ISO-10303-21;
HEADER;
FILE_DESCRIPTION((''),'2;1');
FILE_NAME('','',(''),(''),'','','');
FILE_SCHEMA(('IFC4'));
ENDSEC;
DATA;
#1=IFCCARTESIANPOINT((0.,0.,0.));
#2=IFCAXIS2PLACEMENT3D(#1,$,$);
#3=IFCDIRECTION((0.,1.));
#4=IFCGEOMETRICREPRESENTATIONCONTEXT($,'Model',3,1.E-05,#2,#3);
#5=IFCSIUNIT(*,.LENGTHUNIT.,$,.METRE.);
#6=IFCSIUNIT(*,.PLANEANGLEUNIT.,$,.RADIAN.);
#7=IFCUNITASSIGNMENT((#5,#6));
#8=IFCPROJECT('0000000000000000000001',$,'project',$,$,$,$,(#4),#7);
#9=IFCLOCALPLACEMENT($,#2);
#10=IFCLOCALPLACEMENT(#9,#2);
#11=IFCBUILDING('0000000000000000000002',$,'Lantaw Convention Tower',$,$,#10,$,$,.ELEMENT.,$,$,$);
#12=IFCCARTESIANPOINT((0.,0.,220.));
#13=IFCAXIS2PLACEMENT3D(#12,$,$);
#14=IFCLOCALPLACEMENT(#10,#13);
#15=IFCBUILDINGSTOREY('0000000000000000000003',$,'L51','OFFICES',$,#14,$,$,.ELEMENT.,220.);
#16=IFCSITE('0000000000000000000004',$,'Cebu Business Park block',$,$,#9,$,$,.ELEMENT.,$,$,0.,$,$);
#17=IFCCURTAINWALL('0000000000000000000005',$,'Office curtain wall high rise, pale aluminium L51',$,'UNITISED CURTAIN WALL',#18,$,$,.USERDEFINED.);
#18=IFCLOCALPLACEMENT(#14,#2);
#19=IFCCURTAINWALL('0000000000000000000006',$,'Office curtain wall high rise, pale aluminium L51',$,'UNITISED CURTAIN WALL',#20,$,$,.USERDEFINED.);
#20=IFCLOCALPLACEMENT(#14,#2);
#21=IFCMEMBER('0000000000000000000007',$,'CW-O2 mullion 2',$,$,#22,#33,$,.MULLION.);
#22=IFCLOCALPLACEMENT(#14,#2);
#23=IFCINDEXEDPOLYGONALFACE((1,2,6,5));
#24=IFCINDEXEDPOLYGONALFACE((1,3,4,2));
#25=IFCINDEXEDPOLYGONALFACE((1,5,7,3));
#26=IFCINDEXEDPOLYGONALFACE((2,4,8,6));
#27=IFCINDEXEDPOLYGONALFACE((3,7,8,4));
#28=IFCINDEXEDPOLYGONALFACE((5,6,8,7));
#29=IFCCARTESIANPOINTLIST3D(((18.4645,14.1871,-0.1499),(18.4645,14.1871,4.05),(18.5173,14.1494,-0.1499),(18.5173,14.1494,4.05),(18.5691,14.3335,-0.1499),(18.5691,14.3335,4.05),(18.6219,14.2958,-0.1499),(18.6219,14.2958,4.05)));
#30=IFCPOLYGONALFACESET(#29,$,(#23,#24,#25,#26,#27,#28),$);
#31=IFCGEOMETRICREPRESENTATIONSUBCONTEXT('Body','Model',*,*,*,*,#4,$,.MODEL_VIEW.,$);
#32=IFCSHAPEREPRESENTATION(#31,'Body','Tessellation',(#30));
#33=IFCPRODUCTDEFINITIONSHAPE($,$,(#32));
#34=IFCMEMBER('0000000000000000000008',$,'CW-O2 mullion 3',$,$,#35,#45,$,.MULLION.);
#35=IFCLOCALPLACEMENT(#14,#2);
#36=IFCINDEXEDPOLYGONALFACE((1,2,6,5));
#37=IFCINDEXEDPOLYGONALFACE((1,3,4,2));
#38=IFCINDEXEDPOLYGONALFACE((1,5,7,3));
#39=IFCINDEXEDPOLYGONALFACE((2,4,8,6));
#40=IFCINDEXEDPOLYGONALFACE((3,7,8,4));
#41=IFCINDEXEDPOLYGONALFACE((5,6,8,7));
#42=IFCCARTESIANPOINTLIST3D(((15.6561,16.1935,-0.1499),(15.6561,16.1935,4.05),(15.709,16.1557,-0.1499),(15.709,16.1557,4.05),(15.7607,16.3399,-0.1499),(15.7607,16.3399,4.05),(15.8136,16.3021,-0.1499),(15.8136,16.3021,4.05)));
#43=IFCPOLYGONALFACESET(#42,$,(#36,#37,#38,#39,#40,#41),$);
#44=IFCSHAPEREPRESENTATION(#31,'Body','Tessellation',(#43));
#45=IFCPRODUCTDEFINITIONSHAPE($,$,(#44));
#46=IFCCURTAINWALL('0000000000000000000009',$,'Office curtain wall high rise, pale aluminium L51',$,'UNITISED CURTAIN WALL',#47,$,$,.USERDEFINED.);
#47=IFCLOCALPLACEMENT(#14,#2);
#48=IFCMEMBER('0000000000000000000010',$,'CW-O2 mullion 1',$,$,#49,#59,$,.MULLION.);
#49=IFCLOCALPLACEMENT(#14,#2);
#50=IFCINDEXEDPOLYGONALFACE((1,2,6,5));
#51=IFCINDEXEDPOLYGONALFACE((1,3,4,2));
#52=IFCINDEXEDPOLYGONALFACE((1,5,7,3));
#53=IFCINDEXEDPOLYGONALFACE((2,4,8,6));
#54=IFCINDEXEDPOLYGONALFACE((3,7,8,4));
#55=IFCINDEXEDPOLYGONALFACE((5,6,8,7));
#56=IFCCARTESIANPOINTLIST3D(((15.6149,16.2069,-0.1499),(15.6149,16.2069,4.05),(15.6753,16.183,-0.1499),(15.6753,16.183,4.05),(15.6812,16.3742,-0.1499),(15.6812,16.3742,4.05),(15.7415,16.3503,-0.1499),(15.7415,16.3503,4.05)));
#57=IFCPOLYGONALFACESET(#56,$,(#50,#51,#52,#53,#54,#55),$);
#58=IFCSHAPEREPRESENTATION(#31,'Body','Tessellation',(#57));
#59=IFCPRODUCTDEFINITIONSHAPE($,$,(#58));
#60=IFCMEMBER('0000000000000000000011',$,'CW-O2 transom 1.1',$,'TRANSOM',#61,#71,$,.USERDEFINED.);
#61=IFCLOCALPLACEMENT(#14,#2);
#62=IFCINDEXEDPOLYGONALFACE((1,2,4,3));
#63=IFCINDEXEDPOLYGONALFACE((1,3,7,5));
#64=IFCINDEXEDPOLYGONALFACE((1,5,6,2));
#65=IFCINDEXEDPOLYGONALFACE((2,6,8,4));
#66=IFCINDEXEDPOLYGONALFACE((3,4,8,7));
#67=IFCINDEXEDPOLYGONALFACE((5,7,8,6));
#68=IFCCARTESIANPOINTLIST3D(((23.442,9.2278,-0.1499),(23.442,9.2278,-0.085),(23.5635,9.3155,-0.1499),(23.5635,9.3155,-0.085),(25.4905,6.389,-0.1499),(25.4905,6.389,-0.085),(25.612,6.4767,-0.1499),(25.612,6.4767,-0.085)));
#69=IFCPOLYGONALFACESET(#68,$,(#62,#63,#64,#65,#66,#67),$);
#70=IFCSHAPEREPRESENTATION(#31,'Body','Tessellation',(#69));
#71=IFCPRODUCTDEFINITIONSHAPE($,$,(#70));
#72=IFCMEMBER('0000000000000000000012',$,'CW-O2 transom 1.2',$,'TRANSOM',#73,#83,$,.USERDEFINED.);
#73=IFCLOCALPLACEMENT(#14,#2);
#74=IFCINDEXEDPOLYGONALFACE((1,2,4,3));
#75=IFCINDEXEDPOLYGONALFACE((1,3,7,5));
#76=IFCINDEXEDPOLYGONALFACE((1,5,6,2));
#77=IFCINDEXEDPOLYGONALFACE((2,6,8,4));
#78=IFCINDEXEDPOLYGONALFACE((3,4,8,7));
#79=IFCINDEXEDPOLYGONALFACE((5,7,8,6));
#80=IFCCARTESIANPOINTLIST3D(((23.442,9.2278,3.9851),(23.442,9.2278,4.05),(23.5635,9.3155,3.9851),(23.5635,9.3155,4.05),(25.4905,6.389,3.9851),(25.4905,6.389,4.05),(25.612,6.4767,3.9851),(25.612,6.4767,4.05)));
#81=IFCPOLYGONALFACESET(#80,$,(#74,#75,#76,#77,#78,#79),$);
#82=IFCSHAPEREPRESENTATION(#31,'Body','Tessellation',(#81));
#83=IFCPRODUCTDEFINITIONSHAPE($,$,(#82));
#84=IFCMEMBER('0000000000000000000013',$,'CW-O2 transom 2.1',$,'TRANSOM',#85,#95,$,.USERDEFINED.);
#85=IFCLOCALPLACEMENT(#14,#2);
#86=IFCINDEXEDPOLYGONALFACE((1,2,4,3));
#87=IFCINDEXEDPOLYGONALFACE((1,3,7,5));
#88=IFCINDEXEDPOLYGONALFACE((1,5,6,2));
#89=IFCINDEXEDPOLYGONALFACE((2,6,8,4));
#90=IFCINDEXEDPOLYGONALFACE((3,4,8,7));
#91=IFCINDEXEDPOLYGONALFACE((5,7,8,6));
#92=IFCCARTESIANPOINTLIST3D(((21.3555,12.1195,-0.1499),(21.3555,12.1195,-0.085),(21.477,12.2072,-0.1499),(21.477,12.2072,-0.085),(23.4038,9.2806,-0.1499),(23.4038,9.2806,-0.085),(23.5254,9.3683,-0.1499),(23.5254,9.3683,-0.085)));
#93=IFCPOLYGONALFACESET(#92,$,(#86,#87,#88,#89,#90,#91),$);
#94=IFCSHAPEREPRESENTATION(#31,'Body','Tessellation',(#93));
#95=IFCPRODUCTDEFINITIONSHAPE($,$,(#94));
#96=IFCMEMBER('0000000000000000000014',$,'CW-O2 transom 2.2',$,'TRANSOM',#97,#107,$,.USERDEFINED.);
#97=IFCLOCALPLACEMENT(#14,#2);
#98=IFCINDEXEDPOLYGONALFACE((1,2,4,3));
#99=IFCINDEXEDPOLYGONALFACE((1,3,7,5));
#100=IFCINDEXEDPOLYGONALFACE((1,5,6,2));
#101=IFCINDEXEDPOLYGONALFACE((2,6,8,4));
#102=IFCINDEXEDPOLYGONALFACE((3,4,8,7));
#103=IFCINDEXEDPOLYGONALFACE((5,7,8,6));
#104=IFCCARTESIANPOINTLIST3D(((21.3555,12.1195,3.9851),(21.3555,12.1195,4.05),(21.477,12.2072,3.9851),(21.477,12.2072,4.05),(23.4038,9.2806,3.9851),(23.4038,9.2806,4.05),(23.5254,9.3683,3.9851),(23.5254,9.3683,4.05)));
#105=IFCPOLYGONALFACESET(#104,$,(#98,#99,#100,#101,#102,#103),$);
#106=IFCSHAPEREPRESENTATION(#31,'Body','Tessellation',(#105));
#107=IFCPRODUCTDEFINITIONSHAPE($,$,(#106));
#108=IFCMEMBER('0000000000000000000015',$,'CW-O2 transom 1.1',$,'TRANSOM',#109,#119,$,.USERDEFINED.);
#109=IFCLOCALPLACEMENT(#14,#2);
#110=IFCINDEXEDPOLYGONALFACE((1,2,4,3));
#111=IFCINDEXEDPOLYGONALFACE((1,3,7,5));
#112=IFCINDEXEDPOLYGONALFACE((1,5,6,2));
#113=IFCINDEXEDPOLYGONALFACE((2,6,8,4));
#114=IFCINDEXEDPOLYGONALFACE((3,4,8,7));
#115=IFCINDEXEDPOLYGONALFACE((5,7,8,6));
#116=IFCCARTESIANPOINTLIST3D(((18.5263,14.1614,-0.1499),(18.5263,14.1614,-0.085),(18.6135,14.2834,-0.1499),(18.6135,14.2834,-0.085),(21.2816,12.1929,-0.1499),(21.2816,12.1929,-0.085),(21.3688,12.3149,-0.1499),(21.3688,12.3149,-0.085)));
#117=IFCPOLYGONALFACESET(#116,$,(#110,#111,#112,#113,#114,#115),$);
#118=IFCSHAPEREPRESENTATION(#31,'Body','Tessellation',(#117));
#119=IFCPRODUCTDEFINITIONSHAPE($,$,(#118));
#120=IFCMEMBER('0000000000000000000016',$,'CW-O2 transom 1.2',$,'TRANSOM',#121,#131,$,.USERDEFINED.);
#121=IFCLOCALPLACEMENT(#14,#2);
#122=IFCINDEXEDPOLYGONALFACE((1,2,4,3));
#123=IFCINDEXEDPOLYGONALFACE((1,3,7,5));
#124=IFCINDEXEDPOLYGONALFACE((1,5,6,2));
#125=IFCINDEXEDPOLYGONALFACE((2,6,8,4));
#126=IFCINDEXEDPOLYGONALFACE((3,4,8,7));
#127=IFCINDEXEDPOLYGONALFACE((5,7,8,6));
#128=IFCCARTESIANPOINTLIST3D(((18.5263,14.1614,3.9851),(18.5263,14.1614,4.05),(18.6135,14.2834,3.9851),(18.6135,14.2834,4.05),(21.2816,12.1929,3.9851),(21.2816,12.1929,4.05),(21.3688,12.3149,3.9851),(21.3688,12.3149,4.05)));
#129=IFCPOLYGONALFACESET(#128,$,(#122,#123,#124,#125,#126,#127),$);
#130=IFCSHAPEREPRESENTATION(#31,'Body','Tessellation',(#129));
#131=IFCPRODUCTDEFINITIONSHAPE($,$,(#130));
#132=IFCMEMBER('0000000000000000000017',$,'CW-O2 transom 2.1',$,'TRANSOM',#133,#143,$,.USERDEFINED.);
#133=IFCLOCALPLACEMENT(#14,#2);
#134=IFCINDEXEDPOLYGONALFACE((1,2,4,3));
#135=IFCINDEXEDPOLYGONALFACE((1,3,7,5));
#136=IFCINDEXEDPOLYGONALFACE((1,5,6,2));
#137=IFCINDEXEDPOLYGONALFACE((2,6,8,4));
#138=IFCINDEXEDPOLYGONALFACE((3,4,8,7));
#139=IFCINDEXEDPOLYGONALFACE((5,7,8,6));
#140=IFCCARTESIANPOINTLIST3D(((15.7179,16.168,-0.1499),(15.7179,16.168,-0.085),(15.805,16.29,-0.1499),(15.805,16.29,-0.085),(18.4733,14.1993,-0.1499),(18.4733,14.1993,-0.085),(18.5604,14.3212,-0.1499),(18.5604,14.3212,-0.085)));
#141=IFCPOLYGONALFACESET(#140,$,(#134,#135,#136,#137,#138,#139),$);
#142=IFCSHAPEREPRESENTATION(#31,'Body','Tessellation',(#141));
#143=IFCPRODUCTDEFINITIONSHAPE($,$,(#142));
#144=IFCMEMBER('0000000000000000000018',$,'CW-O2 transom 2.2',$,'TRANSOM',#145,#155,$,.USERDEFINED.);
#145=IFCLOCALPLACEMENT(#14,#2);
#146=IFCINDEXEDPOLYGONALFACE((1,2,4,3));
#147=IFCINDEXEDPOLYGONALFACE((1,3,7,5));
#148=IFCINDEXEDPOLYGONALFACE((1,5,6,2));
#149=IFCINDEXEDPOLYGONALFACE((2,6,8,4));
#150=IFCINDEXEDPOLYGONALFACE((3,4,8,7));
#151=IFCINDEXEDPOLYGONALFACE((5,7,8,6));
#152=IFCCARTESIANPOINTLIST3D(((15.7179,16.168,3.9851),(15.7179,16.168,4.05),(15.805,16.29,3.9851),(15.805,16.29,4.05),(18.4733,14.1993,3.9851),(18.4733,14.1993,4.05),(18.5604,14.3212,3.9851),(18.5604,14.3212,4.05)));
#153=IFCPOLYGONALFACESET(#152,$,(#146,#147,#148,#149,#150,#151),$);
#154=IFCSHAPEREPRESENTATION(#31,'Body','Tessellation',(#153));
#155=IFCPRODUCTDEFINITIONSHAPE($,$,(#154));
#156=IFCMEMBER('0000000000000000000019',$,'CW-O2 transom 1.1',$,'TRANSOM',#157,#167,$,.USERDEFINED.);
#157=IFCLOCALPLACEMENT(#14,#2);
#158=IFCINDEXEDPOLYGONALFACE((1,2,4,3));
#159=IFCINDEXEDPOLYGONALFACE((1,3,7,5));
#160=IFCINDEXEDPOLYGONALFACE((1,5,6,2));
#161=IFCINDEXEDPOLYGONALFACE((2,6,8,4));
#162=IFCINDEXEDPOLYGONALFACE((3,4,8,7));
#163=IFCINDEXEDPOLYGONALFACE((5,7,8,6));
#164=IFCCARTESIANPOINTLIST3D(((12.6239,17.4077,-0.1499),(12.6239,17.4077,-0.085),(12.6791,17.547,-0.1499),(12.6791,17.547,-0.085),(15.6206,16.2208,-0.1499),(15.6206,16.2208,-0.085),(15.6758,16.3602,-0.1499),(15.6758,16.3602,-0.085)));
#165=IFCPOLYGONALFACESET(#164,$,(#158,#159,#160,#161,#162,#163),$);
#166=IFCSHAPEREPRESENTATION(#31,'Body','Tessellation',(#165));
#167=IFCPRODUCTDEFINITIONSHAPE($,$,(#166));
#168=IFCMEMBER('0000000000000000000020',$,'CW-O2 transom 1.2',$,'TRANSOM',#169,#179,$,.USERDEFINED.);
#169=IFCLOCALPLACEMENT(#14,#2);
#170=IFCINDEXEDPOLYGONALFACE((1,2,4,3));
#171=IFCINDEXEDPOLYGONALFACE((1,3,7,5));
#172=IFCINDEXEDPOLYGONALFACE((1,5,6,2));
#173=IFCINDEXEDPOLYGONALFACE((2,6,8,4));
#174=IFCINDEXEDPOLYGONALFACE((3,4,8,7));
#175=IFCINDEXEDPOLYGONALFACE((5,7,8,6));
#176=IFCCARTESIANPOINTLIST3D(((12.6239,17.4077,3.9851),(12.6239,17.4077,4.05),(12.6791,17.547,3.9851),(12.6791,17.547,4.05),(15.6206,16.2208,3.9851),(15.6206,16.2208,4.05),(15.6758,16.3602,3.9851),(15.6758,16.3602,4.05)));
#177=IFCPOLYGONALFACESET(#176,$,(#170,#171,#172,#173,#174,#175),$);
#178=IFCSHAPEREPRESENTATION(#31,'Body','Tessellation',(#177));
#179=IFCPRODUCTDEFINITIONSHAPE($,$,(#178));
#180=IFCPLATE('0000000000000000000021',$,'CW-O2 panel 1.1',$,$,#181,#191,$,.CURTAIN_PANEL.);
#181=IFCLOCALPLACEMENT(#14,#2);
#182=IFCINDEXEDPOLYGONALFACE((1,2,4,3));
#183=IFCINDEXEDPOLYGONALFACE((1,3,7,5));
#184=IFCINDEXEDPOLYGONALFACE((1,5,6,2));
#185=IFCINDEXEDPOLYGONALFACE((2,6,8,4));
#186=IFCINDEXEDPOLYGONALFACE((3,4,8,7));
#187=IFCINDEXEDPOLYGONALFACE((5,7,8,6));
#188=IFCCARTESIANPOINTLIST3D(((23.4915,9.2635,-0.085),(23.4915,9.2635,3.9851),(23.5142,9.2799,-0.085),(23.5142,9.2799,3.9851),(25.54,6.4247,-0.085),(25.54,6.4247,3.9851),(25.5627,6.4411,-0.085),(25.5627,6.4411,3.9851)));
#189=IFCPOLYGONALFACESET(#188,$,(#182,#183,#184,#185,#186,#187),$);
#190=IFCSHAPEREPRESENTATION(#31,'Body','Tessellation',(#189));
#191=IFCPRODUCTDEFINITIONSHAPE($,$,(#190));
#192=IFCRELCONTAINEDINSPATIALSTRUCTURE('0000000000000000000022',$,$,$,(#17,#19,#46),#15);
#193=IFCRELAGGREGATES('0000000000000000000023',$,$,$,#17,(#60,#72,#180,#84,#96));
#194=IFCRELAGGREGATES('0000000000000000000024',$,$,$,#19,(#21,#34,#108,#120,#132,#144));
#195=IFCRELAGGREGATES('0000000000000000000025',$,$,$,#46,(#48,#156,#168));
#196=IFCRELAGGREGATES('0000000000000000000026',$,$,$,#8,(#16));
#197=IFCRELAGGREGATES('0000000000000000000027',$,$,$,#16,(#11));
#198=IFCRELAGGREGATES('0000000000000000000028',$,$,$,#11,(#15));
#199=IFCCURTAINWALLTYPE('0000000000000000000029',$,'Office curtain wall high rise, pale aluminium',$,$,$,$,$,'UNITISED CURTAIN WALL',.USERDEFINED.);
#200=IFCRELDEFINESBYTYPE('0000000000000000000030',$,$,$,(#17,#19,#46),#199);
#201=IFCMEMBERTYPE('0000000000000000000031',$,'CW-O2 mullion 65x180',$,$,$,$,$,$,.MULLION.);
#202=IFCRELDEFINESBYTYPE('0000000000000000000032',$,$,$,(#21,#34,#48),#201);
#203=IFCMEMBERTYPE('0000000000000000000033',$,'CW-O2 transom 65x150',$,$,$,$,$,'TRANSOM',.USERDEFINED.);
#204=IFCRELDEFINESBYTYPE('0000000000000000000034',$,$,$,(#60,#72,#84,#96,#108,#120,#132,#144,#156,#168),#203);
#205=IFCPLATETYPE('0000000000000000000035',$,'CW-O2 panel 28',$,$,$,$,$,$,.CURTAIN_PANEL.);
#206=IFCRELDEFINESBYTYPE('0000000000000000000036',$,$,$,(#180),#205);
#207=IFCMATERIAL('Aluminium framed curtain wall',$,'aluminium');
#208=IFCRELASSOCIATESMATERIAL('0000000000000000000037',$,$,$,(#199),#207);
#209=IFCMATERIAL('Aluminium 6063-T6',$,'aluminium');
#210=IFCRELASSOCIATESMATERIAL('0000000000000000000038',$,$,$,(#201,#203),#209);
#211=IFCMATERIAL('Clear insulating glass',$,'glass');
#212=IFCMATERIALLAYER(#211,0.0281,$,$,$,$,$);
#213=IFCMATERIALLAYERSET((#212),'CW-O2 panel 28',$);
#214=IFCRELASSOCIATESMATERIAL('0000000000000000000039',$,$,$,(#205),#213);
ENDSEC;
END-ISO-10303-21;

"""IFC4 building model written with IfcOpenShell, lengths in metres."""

from ifc_helpers import new_model, si_unit, direction, frame, origin, origin_2d, place, context, subcontext, project, spatial, rectangle, extrude, material, layer, layer_set, material_profile, profile_set, type_object, element, aggregate, save


model = new_model("IFC4")

# Units and contexts
model_context = context("Model", 3, precision=1e-05, world=origin(), true_north=direction((0.0, 1.0)))
body_context = subcontext(model_context, "Body", "Model", "MODEL_VIEW")
ifc_project = project(units=[si_unit("LENGTHUNIT", "METRE"), si_unit("PLANEANGLEUNIT", "RADIAN")], contexts=[model_context])

# Site, building, storey
site_placement = place(None, origin())
site = spatial("IfcSite", under=ifc_project, at=site_placement, Name="Cebu Business Park block", CompositionType="ELEMENT", RefElevation=0.0)
building_placement = place(site_placement, origin())
building = spatial("IfcBuilding", under=site, at=building_placement, Name="Lantaw Convention Tower", CompositionType="ELEMENT")
storey_placement = place(building_placement, frame((0.0, 0.0, 220.0)))
storey = spatial("IfcBuildingStorey", under=building, at=storey_placement, Name="L51", Description="OFFICES", CompositionType="ELEMENT", Elevation=220.0)

# Curtain walls, members
ifc_material_1 = material(Name="Aluminium framed curtain wall", Category="aluminium")
curtain_wall_type = type_object("IfcCurtainWallType", Name="Office curtain wall high rise, pale aluminium", ElementType="UNITISED CURTAIN WALL", PredefinedType="USERDEFINED", material=ifc_material_1)
curtain_wall_1_placement = place(storey_placement, origin())
curtain_wall_1 = element("IfcCurtainWall", 1, at=curtain_wall_1_placement, inside=storey, type_object=curtain_wall_type, Name="Office curtain wall high rise, pale aluminium L51", ObjectType="UNITISED CURTAIN WALL", PredefinedType="USERDEFINED")
ifc_material_2 = material(Name="Aluminium 6063-T6", Category="aluminium")
ifc_material_profile_1 = material_profile(ifc_material_2, rectangle(XDim=0.1799, YDim=0.0649, at=origin_2d()), Name="CW-O2 mullion 65x180")
ifc_profile_set_1 = profile_set([ifc_material_profile_1], Name="Aluminium 6063-T6")
member_type_1 = type_object("IfcMemberType", Name="CW-O2 mullion 65x180", PredefinedType="MULLION", material=ifc_profile_set_1)
curtain_wall_2_placement = place(storey_placement, origin())
curtain_wall_2 = element("IfcCurtainWall", 2, at=curtain_wall_2_placement, inside=storey, type_object=curtain_wall_type, Name="Office curtain wall high rise, pale aluminium L51", ObjectType="UNITISED CURTAIN WALL", PredefinedType="USERDEFINED")
member_1_placement = place(storey_placement, frame((18.5432, 14.2415, -0.1499), z_axis=(0.0, 0.0, 1.0), x_axis=(-0.581323, -0.813673, 0.0)))
member_1 = element("IfcMember", 3, at=member_1_placement, type_object=member_type_1, Name="CW-O2 mullion 2", PredefinedType="MULLION", context=body_context, shape_type="SweptSolid", body=[
    extrude(rectangle(XDim=0.1799, YDim=0.0649, at=origin_2d()), origin(), (0.0, 0.0, 1.0), 4.2),
])
member_2_placement = place(storey_placement, frame((15.7349, 16.2478, -0.1499), z_axis=(0.0, 0.0, 1.0), x_axis=(-0.581323, -0.813673, 0.0)))
member_2 = element("IfcMember", 4, at=member_2_placement, type_object=member_type_1, Name="CW-O2 mullion 3", PredefinedType="MULLION", context=body_context, shape_type="SweptSolid", body=[
    extrude(rectangle(XDim=0.1799, YDim=0.0649, at=origin_2d()), origin(), (0.0, 0.0, 1.0), 4.2),
])

# Curtain wall, member
curtain_wall_3_placement = place(storey_placement, origin())
curtain_wall_3 = element("IfcCurtainWall", 5, at=curtain_wall_3_placement, inside=storey, type_object=curtain_wall_type, Name="Office curtain wall high rise, pale aluminium L51", ObjectType="UNITISED CURTAIN WALL", PredefinedType="USERDEFINED")
member_3_placement = place(storey_placement, frame((15.6782, 16.2786, -0.1499), z_axis=(0.0, 0.0, 1.0), x_axis=(-0.368162, -0.929762, 0.0)))
member_3 = element("IfcMember", 6, at=member_3_placement, type_object=member_type_1, Name="CW-O2 mullion 1", PredefinedType="MULLION", context=body_context, shape_type="SweptSolid", body=[
    extrude(rectangle(XDim=0.1799, YDim=0.0649, at=origin_2d()), origin(), (0.0, 0.0, 1.0), 4.2),
])

# Members
ifc_material_profile_2 = material_profile(ifc_material_2, rectangle(XDim=0.1499, YDim=0.0649, at=origin_2d()), Name="CW-O2 transom 65x150")
ifc_profile_set_2 = profile_set([ifc_material_profile_2], Name="Aluminium 6063-T6")
member_type_2 = type_object("IfcMemberType", Name="CW-O2 transom 65x150", ElementType="TRANSOM", PredefinedType="USERDEFINED", material=ifc_profile_set_2)
member_4_placement = place(storey_placement, frame((25.5513, 6.4329, -0.1174), z_axis=(-0.58517, 0.810911, 0.0), x_axis=(-0.810911, -0.58517, 0.0)))
member_4 = element("IfcMember", 7, at=member_4_placement, type_object=member_type_2, Name="CW-O2 transom 1.1", ObjectType="TRANSOM", PredefinedType="USERDEFINED", context=body_context, shape_type="SweptSolid", body=[
    extrude(rectangle(XDim=0.1499, YDim=0.0649, at=origin_2d()), origin(), (0.0, 0.0, 1.0), 3.5007),
])
member_5_placement = place(storey_placement, frame((25.5513, 6.4329, 4.0176), z_axis=(-0.58517, 0.810911, 0.0), x_axis=(-0.810911, -0.58517, 0.0)))
member_5 = element("IfcMember", 8, at=member_5_placement, type_object=member_type_2, Name="CW-O2 transom 1.2", ObjectType="TRANSOM", PredefinedType="USERDEFINED", context=body_context, shape_type="SweptSolid", body=[
    extrude(rectangle(XDim=0.1499, YDim=0.0649, at=origin_2d()), origin(), (0.0, 0.0, 1.0), 3.5007),
])
member_6_placement = place(storey_placement, frame((23.4646, 9.3245, -0.1174), z_axis=(-0.585124, 0.810944, 0.0), x_axis=(-0.810944, -0.585124, 0.0)))
member_6 = element("IfcMember", 9, at=member_6_placement, type_object=member_type_2, Name="CW-O2 transom 2.1", ObjectType="TRANSOM", PredefinedType="USERDEFINED", context=body_context, shape_type="SweptSolid", body=[
    extrude(rectangle(XDim=0.1499, YDim=0.0649, at=origin_2d()), origin(), (0.0, 0.0, 1.0), 3.5007),
])
member_7_placement = place(storey_placement, frame((23.4646, 9.3245, 4.0176), z_axis=(-0.585124, 0.810944, 0.0), x_axis=(-0.810944, -0.585124, 0.0)))
member_7 = element("IfcMember", 10, at=member_7_placement, type_object=member_type_2, Name="CW-O2 transom 2.2", ObjectType="TRANSOM", PredefinedType="USERDEFINED", context=body_context, shape_type="SweptSolid", body=[
    extrude(rectangle(XDim=0.1499, YDim=0.0649, at=origin_2d()), origin(), (0.0, 0.0, 1.0), 3.5007),
])
member_8_placement = place(storey_placement, frame((21.3252, 12.2539, -0.1174), z_axis=(-0.81368, 0.581313, 0.0), x_axis=(-0.581313, -0.81368, 0.0)))
member_8 = element("IfcMember", 11, at=member_8_placement, type_object=member_type_2, Name="CW-O2 transom 1.1", ObjectType="TRANSOM", PredefinedType="USERDEFINED", context=body_context, shape_type="SweptSolid", body=[
    extrude(rectangle(XDim=0.1499, YDim=0.0649, at=origin_2d()), origin(), (0.0, 0.0, 1.0), 3.3862),
])
member_9_placement = place(storey_placement, frame((21.3252, 12.2539, 4.0176), z_axis=(-0.81368, 0.581313, 0.0), x_axis=(-0.581313, -0.81368, 0.0)))
member_9 = element("IfcMember", 12, at=member_9_placement, type_object=member_type_2, Name="CW-O2 transom 1.2", ObjectType="TRANSOM", PredefinedType="USERDEFINED", context=body_context, shape_type="SweptSolid", body=[
    extrude(rectangle(XDim=0.1499, YDim=0.0649, at=origin_2d()), origin(), (0.0, 0.0, 1.0), 3.3862),
])
member_10_placement = place(storey_placement, frame((18.5168, 14.2603, -0.1174), z_axis=(-0.813646, 0.581361, 0.0), x_axis=(-0.581361, -0.813646, 0.0)))
member_10 = element("IfcMember", 13, at=member_10_placement, type_object=member_type_2, Name="CW-O2 transom 2.1", ObjectType="TRANSOM", PredefinedType="USERDEFINED", context=body_context, shape_type="SweptSolid", body=[
    extrude(rectangle(XDim=0.1499, YDim=0.0649, at=origin_2d()), origin(), (0.0, 0.0, 1.0), 3.3865),
])
member_11_placement = place(storey_placement, frame((18.5168, 14.2603, 4.0176), z_axis=(-0.813646, 0.581361, 0.0), x_axis=(-0.581361, -0.813646, 0.0)))
member_11 = element("IfcMember", 14, at=member_11_placement, type_object=member_type_2, Name="CW-O2 transom 2.2", ObjectType="TRANSOM", PredefinedType="USERDEFINED", context=body_context, shape_type="SweptSolid", body=[
    extrude(rectangle(XDim=0.1499, YDim=0.0649, at=origin_2d()), origin(), (0.0, 0.0, 1.0), 3.3865),
])
member_12_placement = place(storey_placement, frame((15.6482, 16.2905, -0.1174), z_axis=(-0.929741, 0.368215, 0.0), x_axis=(-0.368215, -0.929741, 0.0)))
member_12 = element("IfcMember", 15, at=member_12_placement, type_object=member_type_2, Name="CW-O2 transom 1.1", ObjectType="TRANSOM", PredefinedType="USERDEFINED", context=body_context, shape_type="SweptSolid", body=[
    extrude(rectangle(XDim=0.1499, YDim=0.0649, at=origin_2d()), origin(), (0.0, 0.0, 1.0), 3.2231),
])
member_13_placement = place(storey_placement, frame((15.6482, 16.2905, 4.0176), z_axis=(-0.929741, 0.368215, 0.0), x_axis=(-0.368215, -0.929741, 0.0)))
member_13 = element("IfcMember", 16, at=member_13_placement, type_object=member_type_2, Name="CW-O2 transom 1.2", ObjectType="TRANSOM", PredefinedType="USERDEFINED", context=body_context, shape_type="SweptSolid", body=[
    extrude(rectangle(XDim=0.1499, YDim=0.0649, at=origin_2d()), origin(), (0.0, 0.0, 1.0), 3.2231),
])

# Plate
ifc_material_3 = material(Name="Clear insulating glass", Category="glass")
ifc_layer_1 = layer(ifc_material_3, 0.0281)
ifc_layer_set_1 = layer_set([ifc_layer_1], Name="CW-O2 panel 28")
plate_type_1 = type_object("IfcPlateType", Name="CW-O2 panel 28", PredefinedType="CURTAIN_PANEL", material=ifc_layer_set_1)
plate_1_placement = place(storey_placement, frame((24.5271, 7.8523, -0.085), z_axis=(0.0, 0.0, 1.0), x_axis=(-0.585158, 0.81092, 0.0)))
plate_1 = element("IfcPlate", 17, at=plate_1_placement, type_object=plate_type_1, Name="CW-O2 panel 1.1", PredefinedType="CURTAIN_PANEL", context=body_context, shape_type="SweptSolid", body=[
    extrude(rectangle(XDim=3.5007, YDim=0.0281, at=origin_2d()), origin(), (0.0, 0.0, 1.0), 4.0701),
])
aggregate(curtain_wall_1, [member_4, member_5, plate_1, member_6, member_7])
aggregate(curtain_wall_2, [member_1, member_2, member_8, member_9, member_10, member_11])
aggregate(curtain_wall_3, [member_3, member_12, member_13])

save(model, "model.ifc")
